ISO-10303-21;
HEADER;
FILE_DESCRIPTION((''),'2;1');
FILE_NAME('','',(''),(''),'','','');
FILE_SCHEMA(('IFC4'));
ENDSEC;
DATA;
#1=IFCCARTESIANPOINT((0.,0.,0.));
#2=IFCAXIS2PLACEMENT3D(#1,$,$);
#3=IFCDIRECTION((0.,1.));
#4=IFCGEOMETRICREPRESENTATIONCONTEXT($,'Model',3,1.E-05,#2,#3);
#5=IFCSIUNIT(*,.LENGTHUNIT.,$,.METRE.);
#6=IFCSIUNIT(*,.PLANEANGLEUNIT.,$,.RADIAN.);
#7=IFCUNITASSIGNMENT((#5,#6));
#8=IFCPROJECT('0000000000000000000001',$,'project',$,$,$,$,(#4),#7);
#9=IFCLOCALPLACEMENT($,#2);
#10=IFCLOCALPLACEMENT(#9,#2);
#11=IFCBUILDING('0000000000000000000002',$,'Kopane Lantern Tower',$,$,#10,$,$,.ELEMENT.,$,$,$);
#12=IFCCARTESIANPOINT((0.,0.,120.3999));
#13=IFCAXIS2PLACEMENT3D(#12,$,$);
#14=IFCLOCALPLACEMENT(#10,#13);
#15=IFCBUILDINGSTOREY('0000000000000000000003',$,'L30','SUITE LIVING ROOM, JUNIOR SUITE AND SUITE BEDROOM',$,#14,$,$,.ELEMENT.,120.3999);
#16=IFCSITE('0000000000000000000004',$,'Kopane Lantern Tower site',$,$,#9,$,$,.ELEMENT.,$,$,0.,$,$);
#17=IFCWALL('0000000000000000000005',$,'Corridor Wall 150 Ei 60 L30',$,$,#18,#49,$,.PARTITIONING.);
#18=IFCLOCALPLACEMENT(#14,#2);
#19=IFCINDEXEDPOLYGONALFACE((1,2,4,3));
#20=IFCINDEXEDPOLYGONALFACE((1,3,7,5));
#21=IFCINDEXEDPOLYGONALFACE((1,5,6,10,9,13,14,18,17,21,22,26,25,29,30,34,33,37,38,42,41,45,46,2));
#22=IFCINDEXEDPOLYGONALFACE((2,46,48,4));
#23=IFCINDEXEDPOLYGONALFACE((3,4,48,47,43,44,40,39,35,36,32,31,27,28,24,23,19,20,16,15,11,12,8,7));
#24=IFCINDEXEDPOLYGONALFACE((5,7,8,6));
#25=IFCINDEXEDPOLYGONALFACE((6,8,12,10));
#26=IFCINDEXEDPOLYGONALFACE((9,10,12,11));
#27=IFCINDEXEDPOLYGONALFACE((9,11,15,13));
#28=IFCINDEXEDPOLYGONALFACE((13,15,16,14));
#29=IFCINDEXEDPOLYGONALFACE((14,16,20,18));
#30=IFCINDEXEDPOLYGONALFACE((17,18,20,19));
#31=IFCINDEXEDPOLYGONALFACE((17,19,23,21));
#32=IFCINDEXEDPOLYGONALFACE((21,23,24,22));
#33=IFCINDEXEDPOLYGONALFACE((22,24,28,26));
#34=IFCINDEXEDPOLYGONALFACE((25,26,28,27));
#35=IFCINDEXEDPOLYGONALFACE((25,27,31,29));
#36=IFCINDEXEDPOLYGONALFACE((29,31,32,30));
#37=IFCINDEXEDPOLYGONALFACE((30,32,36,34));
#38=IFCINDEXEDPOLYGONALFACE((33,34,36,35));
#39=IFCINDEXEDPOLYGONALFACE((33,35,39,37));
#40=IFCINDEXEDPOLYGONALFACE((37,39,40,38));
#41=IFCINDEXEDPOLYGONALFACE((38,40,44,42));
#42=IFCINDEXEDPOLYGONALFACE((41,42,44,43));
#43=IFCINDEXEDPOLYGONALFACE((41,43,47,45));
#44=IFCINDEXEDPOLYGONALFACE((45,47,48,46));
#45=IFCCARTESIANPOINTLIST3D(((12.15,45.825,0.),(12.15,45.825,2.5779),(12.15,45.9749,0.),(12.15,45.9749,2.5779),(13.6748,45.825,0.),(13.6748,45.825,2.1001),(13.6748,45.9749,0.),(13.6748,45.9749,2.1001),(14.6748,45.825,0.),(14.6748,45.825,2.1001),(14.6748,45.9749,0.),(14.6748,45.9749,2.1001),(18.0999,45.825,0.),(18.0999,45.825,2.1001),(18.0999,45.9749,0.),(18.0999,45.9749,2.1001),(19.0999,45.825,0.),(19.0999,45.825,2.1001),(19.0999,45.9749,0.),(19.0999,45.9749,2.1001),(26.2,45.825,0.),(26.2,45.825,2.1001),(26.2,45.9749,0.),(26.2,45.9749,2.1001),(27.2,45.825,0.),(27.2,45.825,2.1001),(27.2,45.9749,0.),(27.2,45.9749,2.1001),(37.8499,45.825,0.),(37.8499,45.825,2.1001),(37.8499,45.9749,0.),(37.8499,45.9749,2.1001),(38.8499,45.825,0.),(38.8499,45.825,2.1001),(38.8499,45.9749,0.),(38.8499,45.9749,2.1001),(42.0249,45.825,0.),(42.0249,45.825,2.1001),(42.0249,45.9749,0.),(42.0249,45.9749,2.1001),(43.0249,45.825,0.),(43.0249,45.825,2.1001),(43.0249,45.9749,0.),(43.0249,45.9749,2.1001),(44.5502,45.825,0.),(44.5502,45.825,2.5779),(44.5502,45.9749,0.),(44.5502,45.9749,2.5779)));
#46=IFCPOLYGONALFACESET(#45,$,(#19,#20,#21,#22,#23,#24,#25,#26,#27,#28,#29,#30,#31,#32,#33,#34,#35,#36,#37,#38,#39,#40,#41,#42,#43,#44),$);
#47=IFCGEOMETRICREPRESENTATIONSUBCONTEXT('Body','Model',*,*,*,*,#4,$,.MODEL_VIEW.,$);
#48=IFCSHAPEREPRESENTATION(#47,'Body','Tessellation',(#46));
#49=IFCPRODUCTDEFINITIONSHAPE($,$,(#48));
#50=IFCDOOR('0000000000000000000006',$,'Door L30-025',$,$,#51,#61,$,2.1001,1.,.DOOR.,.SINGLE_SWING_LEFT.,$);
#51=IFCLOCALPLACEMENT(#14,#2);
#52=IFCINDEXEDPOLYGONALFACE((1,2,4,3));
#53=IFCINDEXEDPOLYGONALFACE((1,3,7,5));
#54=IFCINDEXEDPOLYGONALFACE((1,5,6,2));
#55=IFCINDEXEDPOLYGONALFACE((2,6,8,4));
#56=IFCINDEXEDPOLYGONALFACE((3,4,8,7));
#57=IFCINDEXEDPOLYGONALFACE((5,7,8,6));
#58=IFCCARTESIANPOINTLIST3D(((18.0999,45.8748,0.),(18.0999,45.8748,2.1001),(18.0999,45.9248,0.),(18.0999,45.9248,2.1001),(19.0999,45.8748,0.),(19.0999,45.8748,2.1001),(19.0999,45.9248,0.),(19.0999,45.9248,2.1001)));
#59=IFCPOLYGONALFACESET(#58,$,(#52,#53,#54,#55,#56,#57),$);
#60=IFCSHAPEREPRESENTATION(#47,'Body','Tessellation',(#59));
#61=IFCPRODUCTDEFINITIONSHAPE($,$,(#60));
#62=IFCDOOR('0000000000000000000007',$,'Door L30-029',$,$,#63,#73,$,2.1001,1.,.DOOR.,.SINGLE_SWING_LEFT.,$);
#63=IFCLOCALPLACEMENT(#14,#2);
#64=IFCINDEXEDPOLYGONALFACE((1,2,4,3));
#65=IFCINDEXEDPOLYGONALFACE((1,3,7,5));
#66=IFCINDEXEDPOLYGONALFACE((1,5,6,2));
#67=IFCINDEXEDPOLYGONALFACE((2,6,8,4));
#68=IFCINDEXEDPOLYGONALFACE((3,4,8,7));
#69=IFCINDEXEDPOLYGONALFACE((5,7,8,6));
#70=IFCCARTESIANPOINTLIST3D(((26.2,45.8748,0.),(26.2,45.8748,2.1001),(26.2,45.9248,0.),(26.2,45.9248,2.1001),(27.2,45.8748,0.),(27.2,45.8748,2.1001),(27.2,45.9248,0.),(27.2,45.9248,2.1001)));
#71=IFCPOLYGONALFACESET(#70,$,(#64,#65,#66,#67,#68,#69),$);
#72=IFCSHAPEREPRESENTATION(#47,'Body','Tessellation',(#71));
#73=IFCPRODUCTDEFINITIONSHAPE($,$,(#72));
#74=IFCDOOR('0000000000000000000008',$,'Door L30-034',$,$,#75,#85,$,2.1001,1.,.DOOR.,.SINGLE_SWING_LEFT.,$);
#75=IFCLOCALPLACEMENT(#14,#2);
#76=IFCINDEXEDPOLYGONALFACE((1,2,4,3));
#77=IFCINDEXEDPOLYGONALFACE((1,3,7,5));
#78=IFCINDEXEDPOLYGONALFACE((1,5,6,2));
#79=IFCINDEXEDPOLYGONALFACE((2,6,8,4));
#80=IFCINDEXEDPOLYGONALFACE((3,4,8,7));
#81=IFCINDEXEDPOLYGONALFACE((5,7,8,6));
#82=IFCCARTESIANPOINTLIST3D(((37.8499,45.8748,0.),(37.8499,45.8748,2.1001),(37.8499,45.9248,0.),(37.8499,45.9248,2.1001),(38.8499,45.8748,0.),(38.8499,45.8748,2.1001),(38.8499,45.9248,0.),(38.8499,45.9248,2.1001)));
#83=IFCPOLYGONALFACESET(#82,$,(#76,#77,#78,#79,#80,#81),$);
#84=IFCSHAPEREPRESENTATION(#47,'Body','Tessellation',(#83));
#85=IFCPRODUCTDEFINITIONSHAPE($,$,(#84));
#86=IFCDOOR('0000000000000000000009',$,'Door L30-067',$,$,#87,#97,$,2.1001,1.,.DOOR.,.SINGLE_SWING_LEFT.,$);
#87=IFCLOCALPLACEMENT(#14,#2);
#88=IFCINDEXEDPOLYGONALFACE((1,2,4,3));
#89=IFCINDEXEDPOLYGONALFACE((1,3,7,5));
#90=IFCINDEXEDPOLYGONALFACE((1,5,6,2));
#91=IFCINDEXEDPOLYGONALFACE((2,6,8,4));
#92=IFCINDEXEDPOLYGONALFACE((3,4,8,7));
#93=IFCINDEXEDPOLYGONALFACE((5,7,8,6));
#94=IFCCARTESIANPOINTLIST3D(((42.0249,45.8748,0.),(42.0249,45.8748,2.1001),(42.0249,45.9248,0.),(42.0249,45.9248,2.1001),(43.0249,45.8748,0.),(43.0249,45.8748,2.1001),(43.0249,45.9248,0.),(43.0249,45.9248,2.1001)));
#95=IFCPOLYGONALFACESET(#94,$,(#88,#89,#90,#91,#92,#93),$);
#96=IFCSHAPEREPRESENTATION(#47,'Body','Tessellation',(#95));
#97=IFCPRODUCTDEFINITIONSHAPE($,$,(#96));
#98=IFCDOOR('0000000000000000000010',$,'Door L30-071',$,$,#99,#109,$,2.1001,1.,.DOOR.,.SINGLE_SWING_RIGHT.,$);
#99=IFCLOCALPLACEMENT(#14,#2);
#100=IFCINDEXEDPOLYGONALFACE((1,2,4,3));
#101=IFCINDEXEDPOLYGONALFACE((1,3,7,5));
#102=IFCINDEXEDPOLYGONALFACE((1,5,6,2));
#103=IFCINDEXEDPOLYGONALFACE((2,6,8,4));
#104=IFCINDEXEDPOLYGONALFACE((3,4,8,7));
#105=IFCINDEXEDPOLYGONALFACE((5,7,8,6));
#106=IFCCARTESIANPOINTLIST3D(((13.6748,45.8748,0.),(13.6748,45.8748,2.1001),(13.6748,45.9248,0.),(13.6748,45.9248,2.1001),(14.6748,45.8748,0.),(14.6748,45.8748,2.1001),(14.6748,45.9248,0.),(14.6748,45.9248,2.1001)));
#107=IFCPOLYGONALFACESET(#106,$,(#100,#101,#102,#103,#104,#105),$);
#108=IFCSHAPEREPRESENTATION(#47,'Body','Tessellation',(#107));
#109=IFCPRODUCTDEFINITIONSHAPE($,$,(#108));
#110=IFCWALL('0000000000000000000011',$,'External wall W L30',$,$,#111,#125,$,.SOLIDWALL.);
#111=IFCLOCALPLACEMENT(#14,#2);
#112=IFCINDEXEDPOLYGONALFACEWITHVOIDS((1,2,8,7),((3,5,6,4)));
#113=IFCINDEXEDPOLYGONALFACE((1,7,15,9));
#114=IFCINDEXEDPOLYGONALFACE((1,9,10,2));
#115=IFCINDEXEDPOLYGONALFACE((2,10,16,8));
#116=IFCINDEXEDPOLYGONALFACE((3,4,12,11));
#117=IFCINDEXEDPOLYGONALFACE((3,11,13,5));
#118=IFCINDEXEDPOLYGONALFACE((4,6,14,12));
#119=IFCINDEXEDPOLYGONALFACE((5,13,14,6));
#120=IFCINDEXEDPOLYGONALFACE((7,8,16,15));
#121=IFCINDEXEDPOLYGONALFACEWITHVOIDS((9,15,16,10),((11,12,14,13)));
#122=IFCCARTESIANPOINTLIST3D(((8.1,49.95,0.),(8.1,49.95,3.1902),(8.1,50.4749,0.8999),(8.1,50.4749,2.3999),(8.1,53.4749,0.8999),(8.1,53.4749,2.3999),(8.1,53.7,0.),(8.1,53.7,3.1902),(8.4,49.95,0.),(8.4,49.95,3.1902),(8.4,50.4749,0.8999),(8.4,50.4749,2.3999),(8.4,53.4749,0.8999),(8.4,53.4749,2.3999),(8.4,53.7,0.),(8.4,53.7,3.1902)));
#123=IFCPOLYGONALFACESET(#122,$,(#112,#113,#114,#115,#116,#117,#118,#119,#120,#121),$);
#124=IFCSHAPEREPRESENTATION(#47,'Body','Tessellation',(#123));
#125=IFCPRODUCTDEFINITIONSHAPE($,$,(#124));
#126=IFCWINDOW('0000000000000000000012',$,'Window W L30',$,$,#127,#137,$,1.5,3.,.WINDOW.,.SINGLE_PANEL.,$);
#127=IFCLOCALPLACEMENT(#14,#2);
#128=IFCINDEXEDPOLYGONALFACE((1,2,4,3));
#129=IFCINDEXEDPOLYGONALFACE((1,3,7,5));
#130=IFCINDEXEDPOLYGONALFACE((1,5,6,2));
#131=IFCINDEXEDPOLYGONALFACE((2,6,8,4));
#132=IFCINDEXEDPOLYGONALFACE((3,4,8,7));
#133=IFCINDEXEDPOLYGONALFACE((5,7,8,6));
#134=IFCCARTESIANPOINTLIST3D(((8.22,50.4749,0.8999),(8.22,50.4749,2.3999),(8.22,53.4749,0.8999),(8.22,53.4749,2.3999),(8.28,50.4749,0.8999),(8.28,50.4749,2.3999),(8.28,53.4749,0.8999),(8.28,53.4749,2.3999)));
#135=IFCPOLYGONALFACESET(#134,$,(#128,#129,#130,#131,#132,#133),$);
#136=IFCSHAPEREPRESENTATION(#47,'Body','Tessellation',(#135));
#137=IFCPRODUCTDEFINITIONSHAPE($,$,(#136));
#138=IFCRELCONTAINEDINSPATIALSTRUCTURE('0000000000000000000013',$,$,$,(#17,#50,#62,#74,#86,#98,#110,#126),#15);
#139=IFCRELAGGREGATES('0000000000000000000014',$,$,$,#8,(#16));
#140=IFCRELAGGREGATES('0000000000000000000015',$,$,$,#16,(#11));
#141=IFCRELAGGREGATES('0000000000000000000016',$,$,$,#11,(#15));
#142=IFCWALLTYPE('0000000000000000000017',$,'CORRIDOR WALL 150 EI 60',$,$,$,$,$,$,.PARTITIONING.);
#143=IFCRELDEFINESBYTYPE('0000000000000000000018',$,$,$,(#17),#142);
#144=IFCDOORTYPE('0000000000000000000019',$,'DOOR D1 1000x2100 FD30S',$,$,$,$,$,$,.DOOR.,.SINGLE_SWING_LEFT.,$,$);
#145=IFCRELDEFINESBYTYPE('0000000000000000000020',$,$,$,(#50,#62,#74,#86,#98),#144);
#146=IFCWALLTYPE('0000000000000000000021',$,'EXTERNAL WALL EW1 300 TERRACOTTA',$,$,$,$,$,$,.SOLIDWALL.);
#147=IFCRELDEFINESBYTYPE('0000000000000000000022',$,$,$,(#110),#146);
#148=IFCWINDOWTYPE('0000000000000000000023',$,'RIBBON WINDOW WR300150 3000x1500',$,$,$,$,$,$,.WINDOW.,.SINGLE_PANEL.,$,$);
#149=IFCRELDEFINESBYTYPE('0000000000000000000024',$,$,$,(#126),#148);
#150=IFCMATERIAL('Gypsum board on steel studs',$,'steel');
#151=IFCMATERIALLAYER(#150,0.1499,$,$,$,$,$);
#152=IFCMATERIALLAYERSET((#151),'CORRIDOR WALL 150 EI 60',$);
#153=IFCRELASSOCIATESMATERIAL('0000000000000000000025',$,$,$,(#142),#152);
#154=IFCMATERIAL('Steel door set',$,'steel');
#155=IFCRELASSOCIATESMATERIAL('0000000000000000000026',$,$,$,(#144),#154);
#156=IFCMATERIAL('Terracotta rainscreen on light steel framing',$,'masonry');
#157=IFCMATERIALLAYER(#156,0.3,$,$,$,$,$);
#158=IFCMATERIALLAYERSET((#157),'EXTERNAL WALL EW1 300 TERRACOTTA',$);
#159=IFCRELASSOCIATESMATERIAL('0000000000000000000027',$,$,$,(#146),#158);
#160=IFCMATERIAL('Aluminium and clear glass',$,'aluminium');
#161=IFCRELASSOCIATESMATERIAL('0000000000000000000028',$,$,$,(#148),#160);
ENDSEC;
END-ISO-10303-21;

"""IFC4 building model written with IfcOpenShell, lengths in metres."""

from ifc_helpers import new_model, si_unit, direction, frame, frame_2d, origin, place, context, subcontext, project, spatial, rectangle, extrude, material, layer, layer_set, type_object, element, fill, save


model = new_model("IFC4")

# Units and contexts
model_context = context("Model", 3, precision=1e-05, world=origin(), true_north=direction((0.0, 1.0)))
body_context = subcontext(model_context, "Body", "Model", "MODEL_VIEW")
ifc_project = project(units=[si_unit("LENGTHUNIT", "METRE"), si_unit("PLANEANGLEUNIT", "RADIAN")], contexts=[model_context])

# Site, building, storey
site_placement = place(None, origin())
site = spatial("IfcSite", under=ifc_project, at=site_placement, Name="Kopane Lantern Tower site", CompositionType="ELEMENT", RefElevation=0.0)
building_placement = place(site_placement, origin())
building = spatial("IfcBuilding", under=site, at=building_placement, Name="Kopane Lantern Tower", CompositionType="ELEMENT")
storey_placement = place(building_placement, frame((0.0, 0.0, 120.3999)))
storey = spatial("IfcBuildingStorey", under=building, at=storey_placement, Name="L30", Description="SUITE LIVING ROOM, JUNIOR SUITE AND SUITE BEDROOM", CompositionType="ELEMENT", Elevation=120.3999)

# Wall, openings, doors
ifc_material_1 = material(Name="Gypsum board on steel studs", Category="steel")
ifc_layer_1 = layer(ifc_material_1, 0.1499)
ifc_layer_set_1 = layer_set([ifc_layer_1], Name="CORRIDOR WALL 150 EI 60")
wall_type_1 = type_object("IfcWallType", Name="CORRIDOR WALL 150 EI 60", PredefinedType="PARTITIONING", material=ifc_layer_set_1)
wall_1_placement = place(storey_placement, frame((12.1499, 45.8999, 0.0), z_axis=(0.0, 0.0, 1.0), x_axis=(1.0, 0.0, 0.0)))
wall_1 = element("IfcWall", 1, at=wall_1_placement, inside=storey, type_object=wall_type_1, Name="Corridor Wall 150 Ei 60 L30", PredefinedType="PARTITIONING", context=body_context, shape_type="SweptSolid", body=[
    extrude(rectangle(XDim=32.4001, YDim=0.1499, at=frame_2d((16.2002, 0.0))), origin(), (0.0, 0.0, 1.0), 2.5779),
])
opening_1_placement = place(wall_1_placement, frame((5.95, 0.0, 0.0)))
opening_1 = element("IfcOpeningElement", 2, at=opening_1_placement, cuts=wall_1, PredefinedType="OPENING", context=body_context, shape_type="SweptSolid", body=[
    extrude(rectangle(XDim=1.0, YDim=2.1001, at=frame_2d((0.5, 1.05))), frame((0.0, 0.085, 0.0), z_axis=(0.0, -1.0, 0.0), x_axis=(1.0, 0.0, 0.0)), (0.0, 0.0, 1.0), 0.1699),
])
opening_2_placement = place(wall_1_placement, frame((14.05, 0.0, 0.0)))
opening_2 = element("IfcOpeningElement", 3, at=opening_2_placement, cuts=wall_1, PredefinedType="OPENING", context=body_context, shape_type="SweptSolid", body=[
    extrude(rectangle(XDim=1.0, YDim=2.1001, at=frame_2d((0.5, 1.05))), frame((0.0, 0.085, 0.0), z_axis=(0.0, -1.0, 0.0), x_axis=(1.0, 0.0, 0.0)), (0.0, 0.0, 1.0), 0.1699),
])
opening_3_placement = place(wall_1_placement, frame((25.7, 0.0, 0.0)))
opening_3 = element("IfcOpeningElement", 4, at=opening_3_placement, cuts=wall_1, PredefinedType="OPENING", context=body_context, shape_type="SweptSolid", body=[
    extrude(rectangle(XDim=1.0, YDim=2.1001, at=frame_2d((0.5, 1.05))), frame((0.0, 0.085, 0.0), z_axis=(0.0, -1.0, 0.0), x_axis=(1.0, 0.0, 0.0)), (0.0, 0.0, 1.0), 0.1699),
])
opening_4_placement = place(wall_1_placement, frame((29.875, 0.0, 0.0)))
opening_4 = element("IfcOpeningElement", 5, at=opening_4_placement, cuts=wall_1, PredefinedType="OPENING", context=body_context, shape_type="SweptSolid", body=[
    extrude(rectangle(XDim=1.0, YDim=2.1001, at=frame_2d((0.5, 1.05))), frame((0.0, 0.085, 0.0), z_axis=(0.0, -1.0, 0.0), x_axis=(1.0, 0.0, 0.0)), (0.0, 0.0, 1.0), 0.1699),
])
opening_5_placement = place(wall_1_placement, frame((1.5249, 0.0, 0.0)))
opening_5 = element("IfcOpeningElement", 6, at=opening_5_placement, cuts=wall_1, PredefinedType="OPENING", context=body_context, shape_type="SweptSolid", body=[
    extrude(rectangle(XDim=1.0, YDim=2.1001, at=frame_2d((0.5, 1.05))), frame((0.0, 0.085, 0.0), z_axis=(0.0, -1.0, 0.0), x_axis=(1.0, 0.0, 0.0)), (0.0, 0.0, 1.0), 0.1699),
])
ifc_material_2 = material(Name="Steel door set", Category="steel")
door_type_1 = type_object("IfcDoorType", Name="DOOR D1 1000x2100 FD30S", OperationType="SINGLE_SWING_LEFT", PredefinedType="DOOR", material=ifc_material_2)
door_1_placement = place(opening_1_placement, origin())
door_1 = element("IfcDoor", 7, at=door_1_placement, inside=storey, type_object=door_type_1, Name="Door L30-025", OperationType="SINGLE_SWING_LEFT", OverallHeight=2.1001, OverallWidth=1.0, PredefinedType="DOOR", context=body_context, shape_type="SweptSolid", body=[
    extrude(rectangle(XDim=1.0, YDim=2.1001, at=frame_2d((0.5, 1.05))), frame((0.0, 0.0249, 0.0), z_axis=(0.0, -1.0, 0.0), x_axis=(1.0, 0.0, 0.0)), (0.0, 0.0, 1.0), 0.05),
])
fill(opening_1, door_1)
door_2_placement = place(opening_2_placement, origin())
door_2 = element("IfcDoor", 8, at=door_2_placement, inside=storey, type_object=door_type_1, Name="Door L30-029", OperationType="SINGLE_SWING_LEFT", OverallHeight=2.1001, OverallWidth=1.0, PredefinedType="DOOR", context=body_context, shape_type="SweptSolid", body=[
    extrude(rectangle(XDim=1.0, YDim=2.1001, at=frame_2d((0.5, 1.05))), frame((0.0, 0.0249, 0.0), z_axis=(0.0, -1.0, 0.0), x_axis=(1.0, 0.0, 0.0)), (0.0, 0.0, 1.0), 0.05),
])
fill(opening_2, door_2)
door_3_placement = place(opening_3_placement, origin())
door_3 = element("IfcDoor", 9, at=door_3_placement, inside=storey, type_object=door_type_1, Name="Door L30-034", OperationType="SINGLE_SWING_LEFT", OverallHeight=2.1001, OverallWidth=1.0, PredefinedType="DOOR", context=body_context, shape_type="SweptSolid", body=[
    extrude(rectangle(XDim=1.0, YDim=2.1001, at=frame_2d((0.5, 1.05))), frame((0.0, 0.0249, 0.0), z_axis=(0.0, -1.0, 0.0), x_axis=(1.0, 0.0, 0.0)), (0.0, 0.0, 1.0), 0.05),
])
fill(opening_3, door_3)
door_4_placement = place(opening_4_placement, origin())
door_4 = element("IfcDoor", 10, at=door_4_placement, inside=storey, type_object=door_type_1, Name="Door L30-067", OperationType="SINGLE_SWING_LEFT", OverallHeight=2.1001, OverallWidth=1.0, PredefinedType="DOOR", context=body_context, shape_type="SweptSolid", body=[
    extrude(rectangle(XDim=1.0, YDim=2.1001, at=frame_2d((0.5, 1.05))), frame((0.0, 0.0249, 0.0), z_axis=(0.0, -1.0, 0.0), x_axis=(1.0, 0.0, 0.0)), (0.0, 0.0, 1.0), 0.05),
])
fill(opening_4, door_4)
door_5_placement = place(opening_5_placement, origin())
door_5 = element("IfcDoor", 11, at=door_5_placement, inside=storey, type_object=door_type_1, Name="Door L30-071", OperationType="SINGLE_SWING_RIGHT", OverallHeight=2.1001, OverallWidth=1.0, PredefinedType="DOOR", context=body_context, shape_type="SweptSolid", body=[
    extrude(rectangle(XDim=1.0, YDim=2.1001, at=frame_2d((0.5, 1.05))), frame((0.0, 0.0249, 0.0), z_axis=(0.0, -1.0, 0.0), x_axis=(1.0, 0.0, 0.0)), (0.0, 0.0, 1.0), 0.05),
])
fill(opening_5, door_5)

# Wall, opening, window
ifc_material_3 = material(Name="Terracotta rainscreen on light steel framing", Category="masonry")
ifc_layer_2 = layer(ifc_material_3, 0.3)
ifc_layer_set_2 = layer_set([ifc_layer_2], Name="EXTERNAL WALL EW1 300 TERRACOTTA")
wall_type_2 = type_object("IfcWallType", Name="EXTERNAL WALL EW1 300 TERRACOTTA", PredefinedType="SOLIDWALL", material=ifc_layer_set_2)
wall_2_placement = place(storey_placement, frame((8.25, 53.7, 0.0), z_axis=(0.0, 0.0, 1.0), x_axis=(0.0, -1.0, 0.0)))
wall_2 = element("IfcWall", 12, at=wall_2_placement, inside=storey, type_object=wall_type_2, Name="External wall W L30", PredefinedType="SOLIDWALL", context=body_context, shape_type="SweptSolid", body=[
    extrude(rectangle(XDim=3.75, YDim=0.3, at=frame_2d((1.875, 0.0))), origin(), (0.0, 0.0, 1.0), 3.1902),
])
opening_6_placement = place(wall_2_placement, frame((0.2251, 0.0, 0.8999)))
opening_6 = element("IfcOpeningElement", 13, at=opening_6_placement, cuts=wall_2, PredefinedType="OPENING", context=body_context, shape_type="SweptSolid", body=[
    extrude(rectangle(XDim=3.0, YDim=1.5, at=frame_2d((1.5, 0.75))), frame((0.0, 0.1599, 0.0), z_axis=(0.0, -1.0, 0.0), x_axis=(1.0, 0.0, 0.0)), (0.0, 0.0, 1.0), 0.3201),
])
ifc_material_4 = material(Name="Aluminium and clear glass", Category="aluminium")
window_type = type_object("IfcWindowType", Name="RIBBON WINDOW WR300150 3000x1500", PartitioningType="SINGLE_PANEL", PredefinedType="WINDOW", material=ifc_material_4)
window_1_placement = place(opening_6_placement, origin())
window_1 = element("IfcWindow", 14, at=window_1_placement, inside=storey, type_object=window_type, Name="Window W L30", OverallHeight=1.5, OverallWidth=3.0, PartitioningType="SINGLE_PANEL", PredefinedType="WINDOW", context=body_context, shape_type="SweptSolid", body=[
    extrude(rectangle(XDim=3.0, YDim=1.5, at=frame_2d((1.5, 0.75))), frame((0.0, 0.03, 0.0), z_axis=(0.0, -1.0, 0.0), x_axis=(1.0, 0.0, 0.0)), (0.0, 0.0, 1.0), 0.0601),
])
fill(opening_6, window_1)

save(model, "model.ifc")
